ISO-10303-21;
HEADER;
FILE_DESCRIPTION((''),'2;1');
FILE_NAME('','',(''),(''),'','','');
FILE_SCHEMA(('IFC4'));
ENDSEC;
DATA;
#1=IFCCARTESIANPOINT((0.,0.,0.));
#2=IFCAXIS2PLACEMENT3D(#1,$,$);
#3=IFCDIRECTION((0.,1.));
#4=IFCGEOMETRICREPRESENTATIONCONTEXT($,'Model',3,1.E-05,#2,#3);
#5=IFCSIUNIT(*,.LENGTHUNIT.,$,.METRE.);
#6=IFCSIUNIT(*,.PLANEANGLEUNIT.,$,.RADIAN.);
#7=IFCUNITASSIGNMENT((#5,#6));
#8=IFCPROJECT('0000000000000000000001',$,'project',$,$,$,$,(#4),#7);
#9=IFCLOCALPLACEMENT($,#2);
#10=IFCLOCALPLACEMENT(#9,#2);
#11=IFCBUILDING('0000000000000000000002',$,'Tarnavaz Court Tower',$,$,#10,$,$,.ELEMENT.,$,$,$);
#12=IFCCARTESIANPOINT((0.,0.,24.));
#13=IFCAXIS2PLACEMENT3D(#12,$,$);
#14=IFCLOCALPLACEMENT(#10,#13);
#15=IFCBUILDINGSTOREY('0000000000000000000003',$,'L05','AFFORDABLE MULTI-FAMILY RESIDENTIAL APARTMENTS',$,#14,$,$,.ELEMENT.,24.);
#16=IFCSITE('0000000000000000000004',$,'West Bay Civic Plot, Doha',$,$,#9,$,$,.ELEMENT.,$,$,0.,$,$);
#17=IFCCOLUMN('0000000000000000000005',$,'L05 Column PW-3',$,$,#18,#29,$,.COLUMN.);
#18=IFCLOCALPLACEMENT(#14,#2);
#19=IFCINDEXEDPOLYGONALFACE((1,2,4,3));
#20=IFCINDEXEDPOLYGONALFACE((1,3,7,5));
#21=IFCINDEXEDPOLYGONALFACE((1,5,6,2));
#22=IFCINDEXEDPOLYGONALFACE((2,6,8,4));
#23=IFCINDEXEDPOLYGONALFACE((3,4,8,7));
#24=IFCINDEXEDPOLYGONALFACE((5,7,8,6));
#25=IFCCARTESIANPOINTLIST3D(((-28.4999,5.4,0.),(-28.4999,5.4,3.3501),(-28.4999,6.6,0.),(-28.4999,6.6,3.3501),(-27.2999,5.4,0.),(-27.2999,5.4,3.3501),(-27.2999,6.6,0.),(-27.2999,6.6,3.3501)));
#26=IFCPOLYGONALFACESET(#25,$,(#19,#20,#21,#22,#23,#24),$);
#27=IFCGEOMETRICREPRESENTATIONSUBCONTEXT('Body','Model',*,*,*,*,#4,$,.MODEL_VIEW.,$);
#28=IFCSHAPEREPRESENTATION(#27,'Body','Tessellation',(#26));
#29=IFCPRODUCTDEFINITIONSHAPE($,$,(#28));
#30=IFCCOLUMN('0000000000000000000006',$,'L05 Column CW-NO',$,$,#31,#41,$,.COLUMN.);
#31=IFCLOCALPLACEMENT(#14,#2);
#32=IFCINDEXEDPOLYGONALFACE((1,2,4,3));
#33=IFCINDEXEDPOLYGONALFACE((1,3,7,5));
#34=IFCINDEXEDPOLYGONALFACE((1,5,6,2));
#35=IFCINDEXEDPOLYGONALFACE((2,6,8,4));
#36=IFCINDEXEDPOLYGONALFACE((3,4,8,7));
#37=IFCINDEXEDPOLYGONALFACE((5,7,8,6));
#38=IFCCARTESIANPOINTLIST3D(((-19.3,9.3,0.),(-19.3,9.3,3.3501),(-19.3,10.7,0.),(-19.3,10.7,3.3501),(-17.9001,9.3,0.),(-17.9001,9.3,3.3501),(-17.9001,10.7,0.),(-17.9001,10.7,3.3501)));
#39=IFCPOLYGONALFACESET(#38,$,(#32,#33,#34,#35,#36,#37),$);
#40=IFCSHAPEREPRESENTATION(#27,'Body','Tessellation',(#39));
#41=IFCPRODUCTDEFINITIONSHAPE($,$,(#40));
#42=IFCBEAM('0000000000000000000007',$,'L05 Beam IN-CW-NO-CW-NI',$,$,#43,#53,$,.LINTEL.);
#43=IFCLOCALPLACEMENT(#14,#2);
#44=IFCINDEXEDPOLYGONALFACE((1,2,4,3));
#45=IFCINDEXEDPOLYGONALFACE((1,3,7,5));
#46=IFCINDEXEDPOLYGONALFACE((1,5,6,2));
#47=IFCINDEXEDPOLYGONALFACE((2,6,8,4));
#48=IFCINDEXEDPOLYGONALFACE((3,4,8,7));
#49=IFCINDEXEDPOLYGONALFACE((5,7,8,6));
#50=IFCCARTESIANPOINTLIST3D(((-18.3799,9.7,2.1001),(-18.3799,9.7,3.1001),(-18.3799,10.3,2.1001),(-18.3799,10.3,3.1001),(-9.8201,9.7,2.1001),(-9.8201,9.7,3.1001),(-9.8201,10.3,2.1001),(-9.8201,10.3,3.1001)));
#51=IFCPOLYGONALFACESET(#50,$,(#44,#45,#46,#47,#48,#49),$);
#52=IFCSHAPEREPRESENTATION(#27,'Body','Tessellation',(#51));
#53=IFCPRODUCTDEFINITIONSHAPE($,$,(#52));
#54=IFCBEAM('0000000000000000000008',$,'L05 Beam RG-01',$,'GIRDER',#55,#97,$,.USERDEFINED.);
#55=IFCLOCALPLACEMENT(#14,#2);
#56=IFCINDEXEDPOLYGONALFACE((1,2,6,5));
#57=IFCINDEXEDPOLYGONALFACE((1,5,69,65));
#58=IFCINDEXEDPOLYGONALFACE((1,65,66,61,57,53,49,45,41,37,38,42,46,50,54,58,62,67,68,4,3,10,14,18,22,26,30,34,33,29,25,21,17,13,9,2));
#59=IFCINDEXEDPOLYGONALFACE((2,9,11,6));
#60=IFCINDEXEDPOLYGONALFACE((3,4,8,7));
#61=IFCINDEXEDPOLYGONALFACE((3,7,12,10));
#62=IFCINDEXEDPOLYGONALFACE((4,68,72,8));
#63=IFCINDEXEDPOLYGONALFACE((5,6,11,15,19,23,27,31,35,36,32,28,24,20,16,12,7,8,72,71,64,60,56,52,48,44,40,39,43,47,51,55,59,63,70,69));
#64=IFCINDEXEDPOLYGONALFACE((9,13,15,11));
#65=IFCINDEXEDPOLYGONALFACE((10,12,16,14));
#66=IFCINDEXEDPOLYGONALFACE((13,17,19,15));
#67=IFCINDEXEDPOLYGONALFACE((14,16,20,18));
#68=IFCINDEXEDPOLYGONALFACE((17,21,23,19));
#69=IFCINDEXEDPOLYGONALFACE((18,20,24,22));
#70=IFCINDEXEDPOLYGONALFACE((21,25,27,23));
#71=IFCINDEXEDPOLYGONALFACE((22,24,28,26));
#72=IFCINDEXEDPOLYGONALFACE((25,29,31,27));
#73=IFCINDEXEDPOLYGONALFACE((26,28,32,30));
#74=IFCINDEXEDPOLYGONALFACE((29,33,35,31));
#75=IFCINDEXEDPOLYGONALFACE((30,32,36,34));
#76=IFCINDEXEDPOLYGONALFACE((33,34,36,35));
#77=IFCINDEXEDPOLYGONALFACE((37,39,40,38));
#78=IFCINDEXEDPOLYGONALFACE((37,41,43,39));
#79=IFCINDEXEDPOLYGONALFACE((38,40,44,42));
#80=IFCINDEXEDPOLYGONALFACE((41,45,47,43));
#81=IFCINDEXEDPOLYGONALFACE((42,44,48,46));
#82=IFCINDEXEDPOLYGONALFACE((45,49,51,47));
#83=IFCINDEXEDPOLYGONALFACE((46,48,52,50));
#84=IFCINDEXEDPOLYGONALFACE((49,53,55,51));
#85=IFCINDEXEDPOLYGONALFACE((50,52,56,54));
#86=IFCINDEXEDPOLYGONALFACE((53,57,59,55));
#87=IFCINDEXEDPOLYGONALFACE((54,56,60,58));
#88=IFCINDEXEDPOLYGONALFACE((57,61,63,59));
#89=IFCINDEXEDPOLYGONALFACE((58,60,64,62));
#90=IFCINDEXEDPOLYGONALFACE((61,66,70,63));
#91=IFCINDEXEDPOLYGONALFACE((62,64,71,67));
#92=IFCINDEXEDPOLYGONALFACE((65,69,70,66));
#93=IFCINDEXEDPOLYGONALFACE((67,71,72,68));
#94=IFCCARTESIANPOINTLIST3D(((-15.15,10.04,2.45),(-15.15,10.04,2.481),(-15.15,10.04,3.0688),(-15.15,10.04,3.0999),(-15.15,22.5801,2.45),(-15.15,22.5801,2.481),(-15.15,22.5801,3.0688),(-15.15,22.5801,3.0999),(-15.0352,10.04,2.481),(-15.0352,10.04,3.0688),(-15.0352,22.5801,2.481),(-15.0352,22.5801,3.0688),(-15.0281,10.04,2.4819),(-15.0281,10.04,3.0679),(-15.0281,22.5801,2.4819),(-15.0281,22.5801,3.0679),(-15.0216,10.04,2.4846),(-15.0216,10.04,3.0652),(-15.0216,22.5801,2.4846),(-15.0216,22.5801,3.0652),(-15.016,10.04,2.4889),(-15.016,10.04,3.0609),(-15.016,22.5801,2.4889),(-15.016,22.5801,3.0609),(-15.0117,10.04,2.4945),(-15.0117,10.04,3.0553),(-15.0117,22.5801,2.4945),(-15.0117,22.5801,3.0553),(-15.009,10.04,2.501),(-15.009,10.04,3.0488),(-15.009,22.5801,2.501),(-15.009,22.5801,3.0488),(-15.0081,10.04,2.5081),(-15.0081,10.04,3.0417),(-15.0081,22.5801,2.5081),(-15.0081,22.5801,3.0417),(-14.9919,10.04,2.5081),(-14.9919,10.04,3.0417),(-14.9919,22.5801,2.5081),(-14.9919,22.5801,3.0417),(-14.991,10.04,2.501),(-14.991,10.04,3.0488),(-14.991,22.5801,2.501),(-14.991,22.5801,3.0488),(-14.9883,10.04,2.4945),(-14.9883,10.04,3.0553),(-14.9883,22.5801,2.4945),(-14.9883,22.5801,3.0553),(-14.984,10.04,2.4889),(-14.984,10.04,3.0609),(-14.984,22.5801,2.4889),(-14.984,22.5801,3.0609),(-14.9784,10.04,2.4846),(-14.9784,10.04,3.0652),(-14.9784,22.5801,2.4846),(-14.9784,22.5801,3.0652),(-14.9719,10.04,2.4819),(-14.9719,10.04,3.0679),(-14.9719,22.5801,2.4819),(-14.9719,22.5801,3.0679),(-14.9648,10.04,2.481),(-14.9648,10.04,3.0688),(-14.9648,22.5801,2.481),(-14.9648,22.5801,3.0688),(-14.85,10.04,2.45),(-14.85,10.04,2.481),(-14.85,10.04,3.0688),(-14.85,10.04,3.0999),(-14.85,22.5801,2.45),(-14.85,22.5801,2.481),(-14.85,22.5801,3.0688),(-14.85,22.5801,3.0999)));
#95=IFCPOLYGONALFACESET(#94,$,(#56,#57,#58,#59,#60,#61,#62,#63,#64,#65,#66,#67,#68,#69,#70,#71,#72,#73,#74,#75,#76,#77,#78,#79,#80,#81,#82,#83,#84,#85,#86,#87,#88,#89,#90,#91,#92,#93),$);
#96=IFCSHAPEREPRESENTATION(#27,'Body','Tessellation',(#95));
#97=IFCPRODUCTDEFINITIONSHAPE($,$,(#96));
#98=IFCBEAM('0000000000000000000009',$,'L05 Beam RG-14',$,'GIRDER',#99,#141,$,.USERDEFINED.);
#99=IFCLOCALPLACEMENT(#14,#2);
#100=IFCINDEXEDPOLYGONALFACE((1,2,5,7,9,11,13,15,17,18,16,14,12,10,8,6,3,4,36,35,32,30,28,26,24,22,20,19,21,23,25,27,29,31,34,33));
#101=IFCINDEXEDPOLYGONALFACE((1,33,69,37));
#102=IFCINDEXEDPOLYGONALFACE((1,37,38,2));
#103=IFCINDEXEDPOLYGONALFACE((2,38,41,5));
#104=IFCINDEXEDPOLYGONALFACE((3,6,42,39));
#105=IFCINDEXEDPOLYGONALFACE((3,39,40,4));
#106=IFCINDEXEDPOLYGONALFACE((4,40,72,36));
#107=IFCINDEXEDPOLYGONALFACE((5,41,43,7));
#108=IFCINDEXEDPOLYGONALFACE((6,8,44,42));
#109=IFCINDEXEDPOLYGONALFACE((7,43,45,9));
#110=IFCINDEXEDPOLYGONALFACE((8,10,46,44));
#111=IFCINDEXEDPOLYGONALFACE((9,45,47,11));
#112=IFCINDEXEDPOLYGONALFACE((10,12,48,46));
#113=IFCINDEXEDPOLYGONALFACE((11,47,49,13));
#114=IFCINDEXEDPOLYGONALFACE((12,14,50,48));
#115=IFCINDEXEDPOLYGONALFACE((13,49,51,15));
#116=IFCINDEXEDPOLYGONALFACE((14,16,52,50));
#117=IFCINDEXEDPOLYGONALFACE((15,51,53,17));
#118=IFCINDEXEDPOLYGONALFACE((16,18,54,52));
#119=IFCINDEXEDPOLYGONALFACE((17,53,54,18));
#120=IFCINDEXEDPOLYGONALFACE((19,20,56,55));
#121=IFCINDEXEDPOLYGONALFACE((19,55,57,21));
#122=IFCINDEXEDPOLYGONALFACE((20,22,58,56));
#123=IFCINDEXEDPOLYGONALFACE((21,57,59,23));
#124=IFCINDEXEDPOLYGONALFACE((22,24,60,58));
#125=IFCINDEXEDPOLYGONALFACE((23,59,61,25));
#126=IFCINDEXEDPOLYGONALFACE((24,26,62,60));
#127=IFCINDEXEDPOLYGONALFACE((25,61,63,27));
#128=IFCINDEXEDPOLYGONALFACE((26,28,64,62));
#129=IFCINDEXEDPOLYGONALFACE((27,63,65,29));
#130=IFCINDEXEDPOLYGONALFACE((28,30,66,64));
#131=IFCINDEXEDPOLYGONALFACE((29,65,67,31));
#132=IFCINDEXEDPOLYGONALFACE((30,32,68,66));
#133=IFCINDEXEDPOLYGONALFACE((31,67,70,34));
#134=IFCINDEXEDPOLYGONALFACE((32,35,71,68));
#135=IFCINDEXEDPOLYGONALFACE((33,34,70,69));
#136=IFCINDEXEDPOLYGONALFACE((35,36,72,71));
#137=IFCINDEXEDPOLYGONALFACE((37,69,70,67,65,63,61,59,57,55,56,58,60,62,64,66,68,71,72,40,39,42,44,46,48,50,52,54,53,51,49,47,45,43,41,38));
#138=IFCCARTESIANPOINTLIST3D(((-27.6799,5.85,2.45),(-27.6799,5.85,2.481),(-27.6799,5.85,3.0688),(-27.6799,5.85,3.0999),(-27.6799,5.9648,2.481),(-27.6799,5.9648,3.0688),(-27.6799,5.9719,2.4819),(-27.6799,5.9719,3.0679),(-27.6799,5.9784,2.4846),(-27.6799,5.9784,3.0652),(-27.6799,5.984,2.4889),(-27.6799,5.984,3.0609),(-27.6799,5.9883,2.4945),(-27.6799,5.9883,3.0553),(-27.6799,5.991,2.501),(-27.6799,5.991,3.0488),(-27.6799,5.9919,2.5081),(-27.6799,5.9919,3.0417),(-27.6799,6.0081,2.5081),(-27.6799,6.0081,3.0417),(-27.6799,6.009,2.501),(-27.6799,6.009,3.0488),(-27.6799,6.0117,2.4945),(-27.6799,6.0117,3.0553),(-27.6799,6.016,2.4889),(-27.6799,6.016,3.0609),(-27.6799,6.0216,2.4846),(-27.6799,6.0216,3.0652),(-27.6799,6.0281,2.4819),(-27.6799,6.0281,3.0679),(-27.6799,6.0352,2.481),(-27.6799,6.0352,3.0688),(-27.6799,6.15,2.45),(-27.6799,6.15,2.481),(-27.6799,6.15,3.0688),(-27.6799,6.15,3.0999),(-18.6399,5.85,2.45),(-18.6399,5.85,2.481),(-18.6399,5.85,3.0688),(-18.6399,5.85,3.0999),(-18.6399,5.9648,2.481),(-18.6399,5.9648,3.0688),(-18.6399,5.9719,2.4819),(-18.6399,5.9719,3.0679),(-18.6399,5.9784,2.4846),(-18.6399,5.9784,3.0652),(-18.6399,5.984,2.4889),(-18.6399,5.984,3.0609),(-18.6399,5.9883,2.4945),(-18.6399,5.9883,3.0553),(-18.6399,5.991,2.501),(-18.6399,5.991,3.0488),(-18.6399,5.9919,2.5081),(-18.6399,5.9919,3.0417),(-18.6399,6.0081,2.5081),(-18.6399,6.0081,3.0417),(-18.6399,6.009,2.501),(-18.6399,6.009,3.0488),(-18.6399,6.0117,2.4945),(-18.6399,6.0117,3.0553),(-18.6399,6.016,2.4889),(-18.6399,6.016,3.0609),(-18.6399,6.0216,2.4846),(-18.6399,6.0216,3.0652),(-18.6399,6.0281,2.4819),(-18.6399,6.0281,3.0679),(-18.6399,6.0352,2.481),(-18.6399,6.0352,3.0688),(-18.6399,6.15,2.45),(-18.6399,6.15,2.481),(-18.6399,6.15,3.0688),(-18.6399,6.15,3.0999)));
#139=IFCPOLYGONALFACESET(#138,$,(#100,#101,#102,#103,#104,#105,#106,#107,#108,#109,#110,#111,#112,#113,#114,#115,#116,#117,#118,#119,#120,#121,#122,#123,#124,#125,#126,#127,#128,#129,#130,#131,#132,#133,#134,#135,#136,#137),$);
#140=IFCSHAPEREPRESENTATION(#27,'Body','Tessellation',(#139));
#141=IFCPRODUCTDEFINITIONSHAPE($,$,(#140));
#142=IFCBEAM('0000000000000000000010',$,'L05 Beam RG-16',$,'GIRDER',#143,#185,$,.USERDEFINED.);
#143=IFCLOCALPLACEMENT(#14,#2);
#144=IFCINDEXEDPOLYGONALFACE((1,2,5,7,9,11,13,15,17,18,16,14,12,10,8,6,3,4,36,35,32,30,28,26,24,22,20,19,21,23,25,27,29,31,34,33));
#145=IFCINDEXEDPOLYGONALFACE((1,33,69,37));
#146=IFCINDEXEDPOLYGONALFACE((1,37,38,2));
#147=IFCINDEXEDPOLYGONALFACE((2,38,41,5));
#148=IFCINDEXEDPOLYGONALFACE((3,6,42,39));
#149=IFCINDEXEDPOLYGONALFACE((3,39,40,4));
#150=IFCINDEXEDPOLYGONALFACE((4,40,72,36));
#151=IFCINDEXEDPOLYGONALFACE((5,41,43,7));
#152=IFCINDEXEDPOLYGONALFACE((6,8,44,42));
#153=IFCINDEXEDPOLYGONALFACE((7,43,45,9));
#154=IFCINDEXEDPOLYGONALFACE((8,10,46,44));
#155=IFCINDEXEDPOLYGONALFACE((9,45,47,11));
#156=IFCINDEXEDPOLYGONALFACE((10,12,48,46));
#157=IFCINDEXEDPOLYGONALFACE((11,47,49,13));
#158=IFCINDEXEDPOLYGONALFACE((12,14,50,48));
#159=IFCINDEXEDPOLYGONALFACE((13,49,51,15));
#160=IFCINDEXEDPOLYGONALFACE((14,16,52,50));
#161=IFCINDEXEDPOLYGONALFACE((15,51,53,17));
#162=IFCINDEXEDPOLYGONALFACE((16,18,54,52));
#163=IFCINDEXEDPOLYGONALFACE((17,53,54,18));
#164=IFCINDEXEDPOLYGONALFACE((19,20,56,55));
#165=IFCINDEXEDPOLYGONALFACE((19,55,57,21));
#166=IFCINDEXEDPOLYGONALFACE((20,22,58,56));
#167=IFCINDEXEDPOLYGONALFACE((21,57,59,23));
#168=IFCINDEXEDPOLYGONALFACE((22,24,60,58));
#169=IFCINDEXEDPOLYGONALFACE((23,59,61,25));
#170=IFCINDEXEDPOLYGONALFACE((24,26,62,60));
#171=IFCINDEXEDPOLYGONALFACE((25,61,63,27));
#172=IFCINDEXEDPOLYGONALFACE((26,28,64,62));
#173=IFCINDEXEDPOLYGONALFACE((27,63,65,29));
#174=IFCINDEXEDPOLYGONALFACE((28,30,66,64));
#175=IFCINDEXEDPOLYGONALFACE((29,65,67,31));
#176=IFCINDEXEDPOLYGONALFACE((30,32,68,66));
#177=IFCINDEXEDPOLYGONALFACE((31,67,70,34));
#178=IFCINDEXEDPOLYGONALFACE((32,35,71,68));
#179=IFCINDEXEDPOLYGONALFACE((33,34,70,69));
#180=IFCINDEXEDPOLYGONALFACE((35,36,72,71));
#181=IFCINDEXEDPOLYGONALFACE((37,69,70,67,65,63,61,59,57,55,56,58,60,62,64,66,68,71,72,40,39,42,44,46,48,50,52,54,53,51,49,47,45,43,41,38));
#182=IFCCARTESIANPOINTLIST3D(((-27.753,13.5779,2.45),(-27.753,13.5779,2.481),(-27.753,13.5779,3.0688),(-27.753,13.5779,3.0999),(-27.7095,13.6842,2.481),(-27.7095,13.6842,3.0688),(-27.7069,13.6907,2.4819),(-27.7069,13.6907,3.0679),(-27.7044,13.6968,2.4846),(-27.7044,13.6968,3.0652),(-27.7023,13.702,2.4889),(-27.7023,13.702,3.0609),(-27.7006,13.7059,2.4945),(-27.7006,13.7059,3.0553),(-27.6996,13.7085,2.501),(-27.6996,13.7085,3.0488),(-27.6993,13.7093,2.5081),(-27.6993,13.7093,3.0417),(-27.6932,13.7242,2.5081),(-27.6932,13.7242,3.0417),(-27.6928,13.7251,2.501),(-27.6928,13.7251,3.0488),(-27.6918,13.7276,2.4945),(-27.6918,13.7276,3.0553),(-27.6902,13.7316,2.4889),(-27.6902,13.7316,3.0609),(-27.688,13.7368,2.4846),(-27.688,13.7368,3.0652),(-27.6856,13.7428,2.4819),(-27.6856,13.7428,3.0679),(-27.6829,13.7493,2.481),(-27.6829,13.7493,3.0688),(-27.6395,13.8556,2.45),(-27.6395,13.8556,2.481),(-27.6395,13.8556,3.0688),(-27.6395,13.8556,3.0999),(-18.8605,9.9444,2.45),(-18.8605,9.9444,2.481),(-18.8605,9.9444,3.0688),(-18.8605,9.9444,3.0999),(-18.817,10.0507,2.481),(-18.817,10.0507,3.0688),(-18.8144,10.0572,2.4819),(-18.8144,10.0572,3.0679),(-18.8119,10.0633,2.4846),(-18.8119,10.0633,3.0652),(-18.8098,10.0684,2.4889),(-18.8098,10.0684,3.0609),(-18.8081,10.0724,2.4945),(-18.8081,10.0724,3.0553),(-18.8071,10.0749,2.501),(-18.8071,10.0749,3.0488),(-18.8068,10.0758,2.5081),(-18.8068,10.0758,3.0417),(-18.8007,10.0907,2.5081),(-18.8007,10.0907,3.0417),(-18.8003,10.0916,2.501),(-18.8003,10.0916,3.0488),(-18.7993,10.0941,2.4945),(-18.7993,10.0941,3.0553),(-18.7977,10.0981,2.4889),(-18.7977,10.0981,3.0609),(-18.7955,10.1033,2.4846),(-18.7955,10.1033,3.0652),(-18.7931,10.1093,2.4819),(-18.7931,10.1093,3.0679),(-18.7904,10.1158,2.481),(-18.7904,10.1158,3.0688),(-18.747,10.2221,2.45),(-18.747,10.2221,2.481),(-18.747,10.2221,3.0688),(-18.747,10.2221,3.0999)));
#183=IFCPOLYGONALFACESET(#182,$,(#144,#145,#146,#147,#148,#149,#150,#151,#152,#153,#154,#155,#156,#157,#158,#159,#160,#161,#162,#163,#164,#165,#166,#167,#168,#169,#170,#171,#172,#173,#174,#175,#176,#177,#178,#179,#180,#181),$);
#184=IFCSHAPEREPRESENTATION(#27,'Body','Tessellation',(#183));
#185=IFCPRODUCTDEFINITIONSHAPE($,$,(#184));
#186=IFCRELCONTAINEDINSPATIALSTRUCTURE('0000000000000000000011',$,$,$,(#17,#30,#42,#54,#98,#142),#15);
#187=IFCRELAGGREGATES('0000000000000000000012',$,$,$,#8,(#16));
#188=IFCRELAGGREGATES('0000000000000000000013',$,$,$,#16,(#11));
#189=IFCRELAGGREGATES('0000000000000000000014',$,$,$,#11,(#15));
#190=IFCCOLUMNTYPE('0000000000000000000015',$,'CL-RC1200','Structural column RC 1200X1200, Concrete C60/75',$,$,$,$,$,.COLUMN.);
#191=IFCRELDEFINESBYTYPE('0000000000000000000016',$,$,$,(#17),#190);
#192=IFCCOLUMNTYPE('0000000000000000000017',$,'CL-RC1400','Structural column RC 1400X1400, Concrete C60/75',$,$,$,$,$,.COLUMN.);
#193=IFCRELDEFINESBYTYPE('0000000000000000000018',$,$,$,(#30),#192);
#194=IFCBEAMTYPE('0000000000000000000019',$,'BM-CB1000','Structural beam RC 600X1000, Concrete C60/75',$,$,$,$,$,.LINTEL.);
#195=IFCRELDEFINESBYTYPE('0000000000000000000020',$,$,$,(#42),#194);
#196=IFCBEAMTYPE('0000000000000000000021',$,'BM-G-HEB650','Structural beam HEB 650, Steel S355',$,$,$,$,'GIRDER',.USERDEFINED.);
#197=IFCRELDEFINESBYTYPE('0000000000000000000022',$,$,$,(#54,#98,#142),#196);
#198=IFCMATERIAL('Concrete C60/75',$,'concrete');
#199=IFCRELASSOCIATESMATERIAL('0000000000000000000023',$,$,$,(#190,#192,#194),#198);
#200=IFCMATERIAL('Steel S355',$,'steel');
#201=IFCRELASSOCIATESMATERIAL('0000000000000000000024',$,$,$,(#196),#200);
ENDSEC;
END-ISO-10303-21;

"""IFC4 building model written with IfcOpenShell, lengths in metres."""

from ifc_helpers import new_model, si_unit, direction, frame, origin, origin_2d, place, context, subcontext, project, spatial, rectangle, i_section, extrude, material, material_profile, profile_set, type_object, element, save


model = new_model("IFC4")

# Units and contexts
model_context = context("Model", 3, precision=1e-05, world=origin(), true_north=direction((0.0, 1.0)))
body_context = subcontext(model_context, "Body", "Model", "MODEL_VIEW")
ifc_project = project(units=[si_unit("LENGTHUNIT", "METRE"), si_unit("PLANEANGLEUNIT", "RADIAN")], contexts=[model_context])

# Site, building, storey
site_placement = place(None, origin())
site = spatial("IfcSite", under=ifc_project, at=site_placement, Name="West Bay Civic Plot, Doha", CompositionType="ELEMENT", RefElevation=0.0)
building_placement = place(site_placement, origin())
building = spatial("IfcBuilding", under=site, at=building_placement, Name="Tarnavaz Court Tower", CompositionType="ELEMENT")
storey_placement = place(building_placement, frame((0.0, 0.0, 24.0)))
storey = spatial("IfcBuildingStorey", under=building, at=storey_placement, Name="L05", Description="AFFORDABLE MULTI-FAMILY RESIDENTIAL APARTMENTS", CompositionType="ELEMENT", Elevation=24.0)

# Columns
ifc_material_1 = material(Name="Concrete C60/75", Category="concrete")
ifc_material_profile_1 = material_profile(ifc_material_1, rectangle(XDim=1.2, YDim=1.2, at=origin_2d()), Name="RC 1200X1200")
ifc_profile_set_1 = profile_set([ifc_material_profile_1], Name="Concrete C60/75")
column_type_1 = type_object("IfcColumnType", Name="CL-RC1200", Description="Structural column RC 1200X1200, Concrete C60/75", PredefinedType="COLUMN", material=ifc_profile_set_1)
column_1_placement = place(storey_placement, frame((-27.8999, 6.0, 0.0), z_axis=(0.0, 0.0, 1.0), x_axis=(1.0, 0.0, 0.0)))
element("IfcColumn", 1, at=column_1_placement, inside=storey, type_object=column_type_1, Name="L05 Column PW-3", PredefinedType="COLUMN", context=body_context, shape_type="SweptSolid", body=[
    extrude(rectangle(XDim=1.2, YDim=1.2, at=origin_2d()), origin(), (0.0, 0.0, 1.0), 3.3501),
])
ifc_material_profile_2 = material_profile(ifc_material_1, rectangle(XDim=1.3999, YDim=1.3999, at=origin_2d()), Name="RC 1400X1400")
ifc_profile_set_2 = profile_set([ifc_material_profile_2], Name="Concrete C60/75")
column_type_2 = type_object("IfcColumnType", Name="CL-RC1400", Description="Structural column RC 1400X1400, Concrete C60/75", PredefinedType="COLUMN", material=ifc_profile_set_2)
column_2_placement = place(storey_placement, frame((-18.6001, 10.0, 0.0), z_axis=(0.0, 0.0, 1.0), x_axis=(1.0, 0.0, 0.0)))
element("IfcColumn", 2, at=column_2_placement, inside=storey, type_object=column_type_2, Name="L05 Column CW-NO", PredefinedType="COLUMN", context=body_context, shape_type="SweptSolid", body=[
    extrude(rectangle(XDim=1.3999, YDim=1.3999, at=origin_2d()), origin(), (0.0, 0.0, 1.0), 3.3501),
])

# Beams
ifc_material_profile_3 = material_profile(ifc_material_1, rectangle(XDim=0.6001, YDim=1.0, at=origin_2d()), Name="RC 600X1000")
ifc_profile_set_3 = profile_set([ifc_material_profile_3], Name="Concrete C60/75")
beam_type_1 = type_object("IfcBeamType", Name="BM-CB1000", Description="Structural beam RC 600X1000, Concrete C60/75", PredefinedType="LINTEL", material=ifc_profile_set_3)
beam_1_placement = place(storey_placement, frame((-18.3799, 10.0, 2.6001), z_axis=(1.0, 0.0, 0.0), x_axis=(0.0, 1.0, 0.0)))
element("IfcBeam", 3, at=beam_1_placement, inside=storey, type_object=beam_type_1, Name="L05 Beam IN-CW-NO-CW-NI", PredefinedType="LINTEL", context=body_context, shape_type="SweptSolid", body=[
    extrude(rectangle(XDim=0.6001, YDim=1.0, at=origin_2d()), origin(), (0.0, 0.0, 1.0), 8.5598),
])
ifc_material_2 = material(Name="Steel S355", Category="steel")
ifc_material_profile_4 = material_profile(ifc_material_2, i_section(OverallWidth=0.3, OverallDepth=0.6499, WebThickness=0.0161, FlangeThickness=0.031, FilletRadius=0.0271, at=origin_2d()), Name="HEB 650")
ifc_profile_set_4 = profile_set([ifc_material_profile_4], Name="Steel S355")
beam_type_2 = type_object("IfcBeamType", Name="BM-G-HEB650", Description="Structural beam HEB 650, Steel S355", ElementType="GIRDER", PredefinedType="USERDEFINED", material=ifc_profile_set_4)
beam_2_placement = place(storey_placement, frame((-15.0, 10.04, 2.7749), z_axis=(0.0, 1.0, 0.0), x_axis=(-1.0, 0.0, 0.0)))
element("IfcBeam", 4, at=beam_2_placement, inside=storey, type_object=beam_type_2, Name="L05 Beam RG-01", ObjectType="GIRDER", PredefinedType="USERDEFINED", context=body_context, shape_type="SweptSolid", body=[
    extrude(i_section(OverallWidth=0.3, OverallDepth=0.6499, WebThickness=0.0161, FlangeThickness=0.031, FilletRadius=0.0271, at=origin_2d()), origin(), (0.0, 0.0, 1.0), 12.54),
])
beam_3_placement = place(storey_placement, frame((-18.6399, 6.0, 2.7749), z_axis=(-1.0, 0.0, 0.0), x_axis=(0.0, -1.0, 0.0)))
element("IfcBeam", 5, at=beam_3_placement, inside=storey, type_object=beam_type_2, Name="L05 Beam RG-14", ObjectType="GIRDER", PredefinedType="USERDEFINED", context=body_context, shape_type="SweptSolid", body=[
    extrude(i_section(OverallWidth=0.3, OverallDepth=0.6499, WebThickness=0.0161, FlangeThickness=0.031, FilletRadius=0.0271, at=origin_2d()), origin(), (0.0, 0.0, 1.0), 9.04),
])
beam_4_placement = place(storey_placement, frame((-18.8037, 10.0833, 2.7749), z_axis=(-0.925705, 0.378247, 0.0), x_axis=(-0.378247, -0.925705, 0.0)))
element("IfcBeam", 6, at=beam_4_placement, inside=storey, type_object=beam_type_2, Name="L05 Beam RG-16", ObjectType="GIRDER", PredefinedType="USERDEFINED", context=body_context, shape_type="SweptSolid", body=[
    extrude(i_section(OverallWidth=0.3, OverallDepth=0.6499, WebThickness=0.0161, FlangeThickness=0.031, FilletRadius=0.0271, at=origin_2d()), origin(), (0.0, 0.0, 1.0), 9.6062),
])

save(model, "model.ifc")
